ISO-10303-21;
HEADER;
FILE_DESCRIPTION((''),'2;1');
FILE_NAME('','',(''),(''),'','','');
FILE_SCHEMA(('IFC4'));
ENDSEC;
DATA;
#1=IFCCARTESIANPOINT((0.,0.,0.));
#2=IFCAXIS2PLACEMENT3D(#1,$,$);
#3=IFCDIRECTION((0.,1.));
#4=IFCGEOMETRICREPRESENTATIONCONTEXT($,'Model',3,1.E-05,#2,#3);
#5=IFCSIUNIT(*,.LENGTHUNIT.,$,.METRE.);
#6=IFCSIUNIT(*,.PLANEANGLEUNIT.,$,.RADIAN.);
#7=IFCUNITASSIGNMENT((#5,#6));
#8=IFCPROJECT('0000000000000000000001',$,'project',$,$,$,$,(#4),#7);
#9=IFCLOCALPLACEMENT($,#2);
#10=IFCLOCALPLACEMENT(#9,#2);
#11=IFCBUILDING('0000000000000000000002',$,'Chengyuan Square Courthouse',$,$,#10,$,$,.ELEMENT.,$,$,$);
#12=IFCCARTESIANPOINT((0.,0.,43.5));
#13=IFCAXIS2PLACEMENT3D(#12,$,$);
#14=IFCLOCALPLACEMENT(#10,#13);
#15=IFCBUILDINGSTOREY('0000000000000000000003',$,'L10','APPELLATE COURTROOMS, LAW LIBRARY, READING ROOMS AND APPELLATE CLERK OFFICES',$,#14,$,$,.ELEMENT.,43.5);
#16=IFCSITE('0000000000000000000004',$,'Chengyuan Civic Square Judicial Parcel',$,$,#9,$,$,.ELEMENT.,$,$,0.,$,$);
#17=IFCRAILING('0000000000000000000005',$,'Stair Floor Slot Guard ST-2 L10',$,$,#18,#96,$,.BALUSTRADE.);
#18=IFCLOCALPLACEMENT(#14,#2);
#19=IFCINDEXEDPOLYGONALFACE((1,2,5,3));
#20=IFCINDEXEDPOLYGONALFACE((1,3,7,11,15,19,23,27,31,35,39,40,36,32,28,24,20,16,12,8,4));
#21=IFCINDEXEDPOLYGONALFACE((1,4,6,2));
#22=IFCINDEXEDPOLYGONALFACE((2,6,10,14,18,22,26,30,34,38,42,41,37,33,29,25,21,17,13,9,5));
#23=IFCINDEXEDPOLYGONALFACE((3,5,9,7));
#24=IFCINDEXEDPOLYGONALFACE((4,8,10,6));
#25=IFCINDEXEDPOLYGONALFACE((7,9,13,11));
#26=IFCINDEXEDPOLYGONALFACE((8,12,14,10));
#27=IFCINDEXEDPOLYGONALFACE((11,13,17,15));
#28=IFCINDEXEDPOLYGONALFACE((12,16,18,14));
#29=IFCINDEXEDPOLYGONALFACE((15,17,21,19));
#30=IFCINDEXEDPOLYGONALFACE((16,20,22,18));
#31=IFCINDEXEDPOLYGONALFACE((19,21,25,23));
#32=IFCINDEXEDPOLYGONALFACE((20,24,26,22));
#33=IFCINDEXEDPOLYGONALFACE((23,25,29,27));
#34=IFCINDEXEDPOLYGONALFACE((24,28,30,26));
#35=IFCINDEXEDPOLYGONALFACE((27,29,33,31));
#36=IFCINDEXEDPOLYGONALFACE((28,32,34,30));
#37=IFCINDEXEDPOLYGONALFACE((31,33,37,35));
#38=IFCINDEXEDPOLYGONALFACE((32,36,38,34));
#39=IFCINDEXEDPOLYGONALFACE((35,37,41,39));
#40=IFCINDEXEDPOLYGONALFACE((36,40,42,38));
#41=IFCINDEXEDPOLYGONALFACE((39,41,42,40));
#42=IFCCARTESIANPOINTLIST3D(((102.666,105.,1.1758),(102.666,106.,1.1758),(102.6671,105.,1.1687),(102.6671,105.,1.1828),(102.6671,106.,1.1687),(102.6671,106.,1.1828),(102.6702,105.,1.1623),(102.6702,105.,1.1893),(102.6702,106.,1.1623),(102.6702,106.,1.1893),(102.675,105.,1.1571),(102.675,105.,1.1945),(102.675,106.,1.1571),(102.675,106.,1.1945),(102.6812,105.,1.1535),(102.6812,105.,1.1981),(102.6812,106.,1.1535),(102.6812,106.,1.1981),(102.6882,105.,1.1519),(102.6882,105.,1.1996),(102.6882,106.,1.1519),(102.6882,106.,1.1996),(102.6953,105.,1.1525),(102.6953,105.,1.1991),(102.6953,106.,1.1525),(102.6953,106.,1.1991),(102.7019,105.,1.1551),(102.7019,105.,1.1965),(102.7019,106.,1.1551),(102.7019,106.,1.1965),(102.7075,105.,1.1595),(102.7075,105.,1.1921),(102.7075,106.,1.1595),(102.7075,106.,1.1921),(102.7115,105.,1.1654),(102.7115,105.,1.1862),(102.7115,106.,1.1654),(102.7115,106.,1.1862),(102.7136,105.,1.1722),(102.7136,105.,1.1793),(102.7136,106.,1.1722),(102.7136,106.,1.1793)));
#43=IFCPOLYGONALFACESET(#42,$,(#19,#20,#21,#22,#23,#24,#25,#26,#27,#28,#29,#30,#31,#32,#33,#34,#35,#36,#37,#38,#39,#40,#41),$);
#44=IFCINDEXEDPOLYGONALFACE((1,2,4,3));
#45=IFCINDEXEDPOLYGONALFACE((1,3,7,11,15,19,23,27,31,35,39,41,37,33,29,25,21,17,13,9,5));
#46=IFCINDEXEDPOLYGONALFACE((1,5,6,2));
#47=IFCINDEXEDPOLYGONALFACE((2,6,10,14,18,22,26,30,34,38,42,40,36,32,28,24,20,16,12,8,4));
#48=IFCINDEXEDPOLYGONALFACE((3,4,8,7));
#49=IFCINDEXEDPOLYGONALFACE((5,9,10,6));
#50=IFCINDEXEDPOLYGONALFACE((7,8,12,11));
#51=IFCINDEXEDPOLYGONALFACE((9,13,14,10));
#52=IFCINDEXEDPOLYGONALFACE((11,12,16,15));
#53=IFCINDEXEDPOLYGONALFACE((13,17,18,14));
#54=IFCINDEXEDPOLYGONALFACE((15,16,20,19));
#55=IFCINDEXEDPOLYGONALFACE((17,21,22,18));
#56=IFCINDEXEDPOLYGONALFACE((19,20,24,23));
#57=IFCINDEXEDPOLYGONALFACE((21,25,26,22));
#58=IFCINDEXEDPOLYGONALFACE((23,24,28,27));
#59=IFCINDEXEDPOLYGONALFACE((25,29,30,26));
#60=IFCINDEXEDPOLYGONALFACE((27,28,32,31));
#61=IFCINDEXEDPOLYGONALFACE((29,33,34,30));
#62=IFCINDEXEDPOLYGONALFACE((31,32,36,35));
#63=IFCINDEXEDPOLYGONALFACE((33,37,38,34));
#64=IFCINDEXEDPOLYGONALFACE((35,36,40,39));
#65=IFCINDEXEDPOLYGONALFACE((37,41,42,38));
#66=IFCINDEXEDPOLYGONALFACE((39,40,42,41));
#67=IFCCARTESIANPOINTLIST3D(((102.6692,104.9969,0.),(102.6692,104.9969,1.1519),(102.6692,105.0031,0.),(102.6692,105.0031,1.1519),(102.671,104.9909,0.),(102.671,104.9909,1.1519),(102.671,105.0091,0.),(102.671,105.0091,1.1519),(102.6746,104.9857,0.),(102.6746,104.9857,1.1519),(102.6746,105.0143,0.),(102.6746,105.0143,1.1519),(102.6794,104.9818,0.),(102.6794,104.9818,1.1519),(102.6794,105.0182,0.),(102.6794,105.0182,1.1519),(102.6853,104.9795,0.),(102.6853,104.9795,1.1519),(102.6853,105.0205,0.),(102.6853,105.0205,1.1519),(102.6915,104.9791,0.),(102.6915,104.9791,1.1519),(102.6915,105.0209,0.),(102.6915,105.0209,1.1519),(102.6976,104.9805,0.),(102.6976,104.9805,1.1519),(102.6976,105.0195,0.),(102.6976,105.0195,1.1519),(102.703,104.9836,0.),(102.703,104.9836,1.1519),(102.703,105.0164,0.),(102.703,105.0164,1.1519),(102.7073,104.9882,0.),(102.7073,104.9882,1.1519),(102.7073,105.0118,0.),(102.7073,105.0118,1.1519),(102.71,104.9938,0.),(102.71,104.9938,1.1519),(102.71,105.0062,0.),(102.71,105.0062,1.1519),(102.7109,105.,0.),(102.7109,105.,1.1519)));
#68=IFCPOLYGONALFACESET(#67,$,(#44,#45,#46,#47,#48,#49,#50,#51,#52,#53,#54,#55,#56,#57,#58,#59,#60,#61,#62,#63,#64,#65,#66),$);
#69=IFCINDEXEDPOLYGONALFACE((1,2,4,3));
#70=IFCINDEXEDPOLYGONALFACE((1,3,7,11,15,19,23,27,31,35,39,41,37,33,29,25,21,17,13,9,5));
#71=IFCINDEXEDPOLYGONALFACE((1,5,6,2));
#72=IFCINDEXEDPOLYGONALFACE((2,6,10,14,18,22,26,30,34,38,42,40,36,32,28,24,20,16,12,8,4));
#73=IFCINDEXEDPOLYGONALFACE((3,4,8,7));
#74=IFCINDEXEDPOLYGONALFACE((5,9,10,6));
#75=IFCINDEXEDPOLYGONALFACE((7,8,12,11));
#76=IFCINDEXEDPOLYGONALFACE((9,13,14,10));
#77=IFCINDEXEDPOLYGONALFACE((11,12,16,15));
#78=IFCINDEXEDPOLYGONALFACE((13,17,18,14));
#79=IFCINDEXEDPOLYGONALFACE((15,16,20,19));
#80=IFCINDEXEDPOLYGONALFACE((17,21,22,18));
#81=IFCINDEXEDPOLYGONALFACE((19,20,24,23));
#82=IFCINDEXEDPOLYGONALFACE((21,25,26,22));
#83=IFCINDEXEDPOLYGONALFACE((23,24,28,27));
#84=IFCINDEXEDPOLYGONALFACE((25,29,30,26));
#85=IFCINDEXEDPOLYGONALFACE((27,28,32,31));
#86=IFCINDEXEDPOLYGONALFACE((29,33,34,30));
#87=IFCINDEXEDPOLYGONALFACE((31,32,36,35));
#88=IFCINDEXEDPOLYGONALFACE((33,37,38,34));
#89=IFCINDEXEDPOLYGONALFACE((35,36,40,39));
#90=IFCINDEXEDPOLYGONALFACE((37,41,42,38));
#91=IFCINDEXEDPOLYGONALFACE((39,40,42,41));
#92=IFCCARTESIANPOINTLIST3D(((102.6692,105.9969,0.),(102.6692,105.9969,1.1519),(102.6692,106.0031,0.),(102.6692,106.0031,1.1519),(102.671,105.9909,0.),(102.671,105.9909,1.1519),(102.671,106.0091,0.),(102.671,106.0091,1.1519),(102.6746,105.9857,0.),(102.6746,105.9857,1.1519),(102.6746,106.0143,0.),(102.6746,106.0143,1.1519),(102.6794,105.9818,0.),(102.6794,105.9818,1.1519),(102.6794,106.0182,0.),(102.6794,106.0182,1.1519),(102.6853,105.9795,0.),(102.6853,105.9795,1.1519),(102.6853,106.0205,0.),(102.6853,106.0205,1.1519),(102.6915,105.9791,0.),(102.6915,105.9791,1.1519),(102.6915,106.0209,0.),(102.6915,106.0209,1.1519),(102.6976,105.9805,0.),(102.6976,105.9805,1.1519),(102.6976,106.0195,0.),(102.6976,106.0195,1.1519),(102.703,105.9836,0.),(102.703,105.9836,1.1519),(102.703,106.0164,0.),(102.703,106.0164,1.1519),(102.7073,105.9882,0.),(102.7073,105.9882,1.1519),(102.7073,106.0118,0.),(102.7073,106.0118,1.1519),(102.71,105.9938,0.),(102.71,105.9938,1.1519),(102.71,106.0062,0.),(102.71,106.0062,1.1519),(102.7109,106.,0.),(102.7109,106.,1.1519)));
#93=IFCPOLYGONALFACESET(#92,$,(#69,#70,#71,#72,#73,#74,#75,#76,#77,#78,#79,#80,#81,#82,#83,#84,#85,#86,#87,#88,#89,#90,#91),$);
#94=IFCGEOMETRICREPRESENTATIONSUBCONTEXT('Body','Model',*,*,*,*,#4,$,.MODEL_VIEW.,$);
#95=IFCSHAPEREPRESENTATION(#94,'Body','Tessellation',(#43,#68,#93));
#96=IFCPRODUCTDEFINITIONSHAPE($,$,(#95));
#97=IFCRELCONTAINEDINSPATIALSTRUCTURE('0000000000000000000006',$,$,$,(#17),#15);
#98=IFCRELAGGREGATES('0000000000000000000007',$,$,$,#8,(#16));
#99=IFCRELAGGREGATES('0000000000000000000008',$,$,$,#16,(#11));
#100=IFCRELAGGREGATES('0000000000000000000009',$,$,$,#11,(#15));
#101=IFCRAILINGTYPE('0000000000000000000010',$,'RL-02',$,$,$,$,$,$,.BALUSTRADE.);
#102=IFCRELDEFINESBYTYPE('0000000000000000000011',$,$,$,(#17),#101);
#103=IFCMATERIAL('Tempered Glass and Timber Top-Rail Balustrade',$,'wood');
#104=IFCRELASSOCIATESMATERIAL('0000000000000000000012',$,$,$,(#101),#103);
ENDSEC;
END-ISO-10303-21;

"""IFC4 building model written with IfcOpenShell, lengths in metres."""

from ifc_helpers import new_model, si_unit, direction, frame, origin, origin_2d, place, context, subcontext, project, spatial, circle, extrude, material, type_object, element, save


model = new_model("IFC4")

# Units and contexts
model_context = context("Model", 3, precision=1e-05, world=origin(), true_north=direction((0.0, 1.0)))
body_context = subcontext(model_context, "Body", "Model", "MODEL_VIEW")
ifc_project = project(units=[si_unit("LENGTHUNIT", "METRE"), si_unit("PLANEANGLEUNIT", "RADIAN")], contexts=[model_context])

# Site, building, storey
site_placement = place(None, origin())
site = spatial("IfcSite", under=ifc_project, at=site_placement, Name="Chengyuan Civic Square Judicial Parcel", CompositionType="ELEMENT", RefElevation=0.0)
building_placement = place(site_placement, origin())
building = spatial("IfcBuilding", under=site, at=building_placement, Name="Chengyuan Square Courthouse", CompositionType="ELEMENT")
storey_placement = place(building_placement, frame((0.0, 0.0, 43.5)))
storey = spatial("IfcBuildingStorey", under=building, at=storey_placement, Name="L10", Description="APPELLATE COURTROOMS, LAW LIBRARY, READING ROOMS AND APPELLATE CLERK OFFICES", CompositionType="ELEMENT", Elevation=43.5)

# Railing
ifc_material_1 = material(Name="Tempered Glass and Timber Top-Rail Balustrade", Category="wood")
railing_type = type_object("IfcRailingType", Name="RL-02", PredefinedType="BALUSTRADE", material=ifc_material_1)
railing_placement = place(storey_placement, frame((102.6899, 105.0, 0.0)))
element("IfcRailing", 1, at=railing_placement, inside=storey, type_object=railing_type, Name="Stair Floor Slot Guard ST-2 L10", PredefinedType="BALUSTRADE", context=body_context, shape_type="SweptSolid", body=[
    extrude(circle(Radius=0.0239, at=origin_2d()), frame((0.0, 0.0, 1.1758), z_axis=(0.0, 1.0, 0.0), x_axis=(-1.0, 0.0, 0.0)), (0.0, 0.0, 1.0), 1.0),
    extrude(circle(Radius=0.021, at=origin_2d()), origin(), (0.0, 0.0, 1.0), 1.1519),
    extrude(circle(Radius=0.021, at=origin_2d()), frame((0.0, 1.0, 0.0)), (0.0, 0.0, 1.0), 1.1519),
])

save(model, "model.ifc")
